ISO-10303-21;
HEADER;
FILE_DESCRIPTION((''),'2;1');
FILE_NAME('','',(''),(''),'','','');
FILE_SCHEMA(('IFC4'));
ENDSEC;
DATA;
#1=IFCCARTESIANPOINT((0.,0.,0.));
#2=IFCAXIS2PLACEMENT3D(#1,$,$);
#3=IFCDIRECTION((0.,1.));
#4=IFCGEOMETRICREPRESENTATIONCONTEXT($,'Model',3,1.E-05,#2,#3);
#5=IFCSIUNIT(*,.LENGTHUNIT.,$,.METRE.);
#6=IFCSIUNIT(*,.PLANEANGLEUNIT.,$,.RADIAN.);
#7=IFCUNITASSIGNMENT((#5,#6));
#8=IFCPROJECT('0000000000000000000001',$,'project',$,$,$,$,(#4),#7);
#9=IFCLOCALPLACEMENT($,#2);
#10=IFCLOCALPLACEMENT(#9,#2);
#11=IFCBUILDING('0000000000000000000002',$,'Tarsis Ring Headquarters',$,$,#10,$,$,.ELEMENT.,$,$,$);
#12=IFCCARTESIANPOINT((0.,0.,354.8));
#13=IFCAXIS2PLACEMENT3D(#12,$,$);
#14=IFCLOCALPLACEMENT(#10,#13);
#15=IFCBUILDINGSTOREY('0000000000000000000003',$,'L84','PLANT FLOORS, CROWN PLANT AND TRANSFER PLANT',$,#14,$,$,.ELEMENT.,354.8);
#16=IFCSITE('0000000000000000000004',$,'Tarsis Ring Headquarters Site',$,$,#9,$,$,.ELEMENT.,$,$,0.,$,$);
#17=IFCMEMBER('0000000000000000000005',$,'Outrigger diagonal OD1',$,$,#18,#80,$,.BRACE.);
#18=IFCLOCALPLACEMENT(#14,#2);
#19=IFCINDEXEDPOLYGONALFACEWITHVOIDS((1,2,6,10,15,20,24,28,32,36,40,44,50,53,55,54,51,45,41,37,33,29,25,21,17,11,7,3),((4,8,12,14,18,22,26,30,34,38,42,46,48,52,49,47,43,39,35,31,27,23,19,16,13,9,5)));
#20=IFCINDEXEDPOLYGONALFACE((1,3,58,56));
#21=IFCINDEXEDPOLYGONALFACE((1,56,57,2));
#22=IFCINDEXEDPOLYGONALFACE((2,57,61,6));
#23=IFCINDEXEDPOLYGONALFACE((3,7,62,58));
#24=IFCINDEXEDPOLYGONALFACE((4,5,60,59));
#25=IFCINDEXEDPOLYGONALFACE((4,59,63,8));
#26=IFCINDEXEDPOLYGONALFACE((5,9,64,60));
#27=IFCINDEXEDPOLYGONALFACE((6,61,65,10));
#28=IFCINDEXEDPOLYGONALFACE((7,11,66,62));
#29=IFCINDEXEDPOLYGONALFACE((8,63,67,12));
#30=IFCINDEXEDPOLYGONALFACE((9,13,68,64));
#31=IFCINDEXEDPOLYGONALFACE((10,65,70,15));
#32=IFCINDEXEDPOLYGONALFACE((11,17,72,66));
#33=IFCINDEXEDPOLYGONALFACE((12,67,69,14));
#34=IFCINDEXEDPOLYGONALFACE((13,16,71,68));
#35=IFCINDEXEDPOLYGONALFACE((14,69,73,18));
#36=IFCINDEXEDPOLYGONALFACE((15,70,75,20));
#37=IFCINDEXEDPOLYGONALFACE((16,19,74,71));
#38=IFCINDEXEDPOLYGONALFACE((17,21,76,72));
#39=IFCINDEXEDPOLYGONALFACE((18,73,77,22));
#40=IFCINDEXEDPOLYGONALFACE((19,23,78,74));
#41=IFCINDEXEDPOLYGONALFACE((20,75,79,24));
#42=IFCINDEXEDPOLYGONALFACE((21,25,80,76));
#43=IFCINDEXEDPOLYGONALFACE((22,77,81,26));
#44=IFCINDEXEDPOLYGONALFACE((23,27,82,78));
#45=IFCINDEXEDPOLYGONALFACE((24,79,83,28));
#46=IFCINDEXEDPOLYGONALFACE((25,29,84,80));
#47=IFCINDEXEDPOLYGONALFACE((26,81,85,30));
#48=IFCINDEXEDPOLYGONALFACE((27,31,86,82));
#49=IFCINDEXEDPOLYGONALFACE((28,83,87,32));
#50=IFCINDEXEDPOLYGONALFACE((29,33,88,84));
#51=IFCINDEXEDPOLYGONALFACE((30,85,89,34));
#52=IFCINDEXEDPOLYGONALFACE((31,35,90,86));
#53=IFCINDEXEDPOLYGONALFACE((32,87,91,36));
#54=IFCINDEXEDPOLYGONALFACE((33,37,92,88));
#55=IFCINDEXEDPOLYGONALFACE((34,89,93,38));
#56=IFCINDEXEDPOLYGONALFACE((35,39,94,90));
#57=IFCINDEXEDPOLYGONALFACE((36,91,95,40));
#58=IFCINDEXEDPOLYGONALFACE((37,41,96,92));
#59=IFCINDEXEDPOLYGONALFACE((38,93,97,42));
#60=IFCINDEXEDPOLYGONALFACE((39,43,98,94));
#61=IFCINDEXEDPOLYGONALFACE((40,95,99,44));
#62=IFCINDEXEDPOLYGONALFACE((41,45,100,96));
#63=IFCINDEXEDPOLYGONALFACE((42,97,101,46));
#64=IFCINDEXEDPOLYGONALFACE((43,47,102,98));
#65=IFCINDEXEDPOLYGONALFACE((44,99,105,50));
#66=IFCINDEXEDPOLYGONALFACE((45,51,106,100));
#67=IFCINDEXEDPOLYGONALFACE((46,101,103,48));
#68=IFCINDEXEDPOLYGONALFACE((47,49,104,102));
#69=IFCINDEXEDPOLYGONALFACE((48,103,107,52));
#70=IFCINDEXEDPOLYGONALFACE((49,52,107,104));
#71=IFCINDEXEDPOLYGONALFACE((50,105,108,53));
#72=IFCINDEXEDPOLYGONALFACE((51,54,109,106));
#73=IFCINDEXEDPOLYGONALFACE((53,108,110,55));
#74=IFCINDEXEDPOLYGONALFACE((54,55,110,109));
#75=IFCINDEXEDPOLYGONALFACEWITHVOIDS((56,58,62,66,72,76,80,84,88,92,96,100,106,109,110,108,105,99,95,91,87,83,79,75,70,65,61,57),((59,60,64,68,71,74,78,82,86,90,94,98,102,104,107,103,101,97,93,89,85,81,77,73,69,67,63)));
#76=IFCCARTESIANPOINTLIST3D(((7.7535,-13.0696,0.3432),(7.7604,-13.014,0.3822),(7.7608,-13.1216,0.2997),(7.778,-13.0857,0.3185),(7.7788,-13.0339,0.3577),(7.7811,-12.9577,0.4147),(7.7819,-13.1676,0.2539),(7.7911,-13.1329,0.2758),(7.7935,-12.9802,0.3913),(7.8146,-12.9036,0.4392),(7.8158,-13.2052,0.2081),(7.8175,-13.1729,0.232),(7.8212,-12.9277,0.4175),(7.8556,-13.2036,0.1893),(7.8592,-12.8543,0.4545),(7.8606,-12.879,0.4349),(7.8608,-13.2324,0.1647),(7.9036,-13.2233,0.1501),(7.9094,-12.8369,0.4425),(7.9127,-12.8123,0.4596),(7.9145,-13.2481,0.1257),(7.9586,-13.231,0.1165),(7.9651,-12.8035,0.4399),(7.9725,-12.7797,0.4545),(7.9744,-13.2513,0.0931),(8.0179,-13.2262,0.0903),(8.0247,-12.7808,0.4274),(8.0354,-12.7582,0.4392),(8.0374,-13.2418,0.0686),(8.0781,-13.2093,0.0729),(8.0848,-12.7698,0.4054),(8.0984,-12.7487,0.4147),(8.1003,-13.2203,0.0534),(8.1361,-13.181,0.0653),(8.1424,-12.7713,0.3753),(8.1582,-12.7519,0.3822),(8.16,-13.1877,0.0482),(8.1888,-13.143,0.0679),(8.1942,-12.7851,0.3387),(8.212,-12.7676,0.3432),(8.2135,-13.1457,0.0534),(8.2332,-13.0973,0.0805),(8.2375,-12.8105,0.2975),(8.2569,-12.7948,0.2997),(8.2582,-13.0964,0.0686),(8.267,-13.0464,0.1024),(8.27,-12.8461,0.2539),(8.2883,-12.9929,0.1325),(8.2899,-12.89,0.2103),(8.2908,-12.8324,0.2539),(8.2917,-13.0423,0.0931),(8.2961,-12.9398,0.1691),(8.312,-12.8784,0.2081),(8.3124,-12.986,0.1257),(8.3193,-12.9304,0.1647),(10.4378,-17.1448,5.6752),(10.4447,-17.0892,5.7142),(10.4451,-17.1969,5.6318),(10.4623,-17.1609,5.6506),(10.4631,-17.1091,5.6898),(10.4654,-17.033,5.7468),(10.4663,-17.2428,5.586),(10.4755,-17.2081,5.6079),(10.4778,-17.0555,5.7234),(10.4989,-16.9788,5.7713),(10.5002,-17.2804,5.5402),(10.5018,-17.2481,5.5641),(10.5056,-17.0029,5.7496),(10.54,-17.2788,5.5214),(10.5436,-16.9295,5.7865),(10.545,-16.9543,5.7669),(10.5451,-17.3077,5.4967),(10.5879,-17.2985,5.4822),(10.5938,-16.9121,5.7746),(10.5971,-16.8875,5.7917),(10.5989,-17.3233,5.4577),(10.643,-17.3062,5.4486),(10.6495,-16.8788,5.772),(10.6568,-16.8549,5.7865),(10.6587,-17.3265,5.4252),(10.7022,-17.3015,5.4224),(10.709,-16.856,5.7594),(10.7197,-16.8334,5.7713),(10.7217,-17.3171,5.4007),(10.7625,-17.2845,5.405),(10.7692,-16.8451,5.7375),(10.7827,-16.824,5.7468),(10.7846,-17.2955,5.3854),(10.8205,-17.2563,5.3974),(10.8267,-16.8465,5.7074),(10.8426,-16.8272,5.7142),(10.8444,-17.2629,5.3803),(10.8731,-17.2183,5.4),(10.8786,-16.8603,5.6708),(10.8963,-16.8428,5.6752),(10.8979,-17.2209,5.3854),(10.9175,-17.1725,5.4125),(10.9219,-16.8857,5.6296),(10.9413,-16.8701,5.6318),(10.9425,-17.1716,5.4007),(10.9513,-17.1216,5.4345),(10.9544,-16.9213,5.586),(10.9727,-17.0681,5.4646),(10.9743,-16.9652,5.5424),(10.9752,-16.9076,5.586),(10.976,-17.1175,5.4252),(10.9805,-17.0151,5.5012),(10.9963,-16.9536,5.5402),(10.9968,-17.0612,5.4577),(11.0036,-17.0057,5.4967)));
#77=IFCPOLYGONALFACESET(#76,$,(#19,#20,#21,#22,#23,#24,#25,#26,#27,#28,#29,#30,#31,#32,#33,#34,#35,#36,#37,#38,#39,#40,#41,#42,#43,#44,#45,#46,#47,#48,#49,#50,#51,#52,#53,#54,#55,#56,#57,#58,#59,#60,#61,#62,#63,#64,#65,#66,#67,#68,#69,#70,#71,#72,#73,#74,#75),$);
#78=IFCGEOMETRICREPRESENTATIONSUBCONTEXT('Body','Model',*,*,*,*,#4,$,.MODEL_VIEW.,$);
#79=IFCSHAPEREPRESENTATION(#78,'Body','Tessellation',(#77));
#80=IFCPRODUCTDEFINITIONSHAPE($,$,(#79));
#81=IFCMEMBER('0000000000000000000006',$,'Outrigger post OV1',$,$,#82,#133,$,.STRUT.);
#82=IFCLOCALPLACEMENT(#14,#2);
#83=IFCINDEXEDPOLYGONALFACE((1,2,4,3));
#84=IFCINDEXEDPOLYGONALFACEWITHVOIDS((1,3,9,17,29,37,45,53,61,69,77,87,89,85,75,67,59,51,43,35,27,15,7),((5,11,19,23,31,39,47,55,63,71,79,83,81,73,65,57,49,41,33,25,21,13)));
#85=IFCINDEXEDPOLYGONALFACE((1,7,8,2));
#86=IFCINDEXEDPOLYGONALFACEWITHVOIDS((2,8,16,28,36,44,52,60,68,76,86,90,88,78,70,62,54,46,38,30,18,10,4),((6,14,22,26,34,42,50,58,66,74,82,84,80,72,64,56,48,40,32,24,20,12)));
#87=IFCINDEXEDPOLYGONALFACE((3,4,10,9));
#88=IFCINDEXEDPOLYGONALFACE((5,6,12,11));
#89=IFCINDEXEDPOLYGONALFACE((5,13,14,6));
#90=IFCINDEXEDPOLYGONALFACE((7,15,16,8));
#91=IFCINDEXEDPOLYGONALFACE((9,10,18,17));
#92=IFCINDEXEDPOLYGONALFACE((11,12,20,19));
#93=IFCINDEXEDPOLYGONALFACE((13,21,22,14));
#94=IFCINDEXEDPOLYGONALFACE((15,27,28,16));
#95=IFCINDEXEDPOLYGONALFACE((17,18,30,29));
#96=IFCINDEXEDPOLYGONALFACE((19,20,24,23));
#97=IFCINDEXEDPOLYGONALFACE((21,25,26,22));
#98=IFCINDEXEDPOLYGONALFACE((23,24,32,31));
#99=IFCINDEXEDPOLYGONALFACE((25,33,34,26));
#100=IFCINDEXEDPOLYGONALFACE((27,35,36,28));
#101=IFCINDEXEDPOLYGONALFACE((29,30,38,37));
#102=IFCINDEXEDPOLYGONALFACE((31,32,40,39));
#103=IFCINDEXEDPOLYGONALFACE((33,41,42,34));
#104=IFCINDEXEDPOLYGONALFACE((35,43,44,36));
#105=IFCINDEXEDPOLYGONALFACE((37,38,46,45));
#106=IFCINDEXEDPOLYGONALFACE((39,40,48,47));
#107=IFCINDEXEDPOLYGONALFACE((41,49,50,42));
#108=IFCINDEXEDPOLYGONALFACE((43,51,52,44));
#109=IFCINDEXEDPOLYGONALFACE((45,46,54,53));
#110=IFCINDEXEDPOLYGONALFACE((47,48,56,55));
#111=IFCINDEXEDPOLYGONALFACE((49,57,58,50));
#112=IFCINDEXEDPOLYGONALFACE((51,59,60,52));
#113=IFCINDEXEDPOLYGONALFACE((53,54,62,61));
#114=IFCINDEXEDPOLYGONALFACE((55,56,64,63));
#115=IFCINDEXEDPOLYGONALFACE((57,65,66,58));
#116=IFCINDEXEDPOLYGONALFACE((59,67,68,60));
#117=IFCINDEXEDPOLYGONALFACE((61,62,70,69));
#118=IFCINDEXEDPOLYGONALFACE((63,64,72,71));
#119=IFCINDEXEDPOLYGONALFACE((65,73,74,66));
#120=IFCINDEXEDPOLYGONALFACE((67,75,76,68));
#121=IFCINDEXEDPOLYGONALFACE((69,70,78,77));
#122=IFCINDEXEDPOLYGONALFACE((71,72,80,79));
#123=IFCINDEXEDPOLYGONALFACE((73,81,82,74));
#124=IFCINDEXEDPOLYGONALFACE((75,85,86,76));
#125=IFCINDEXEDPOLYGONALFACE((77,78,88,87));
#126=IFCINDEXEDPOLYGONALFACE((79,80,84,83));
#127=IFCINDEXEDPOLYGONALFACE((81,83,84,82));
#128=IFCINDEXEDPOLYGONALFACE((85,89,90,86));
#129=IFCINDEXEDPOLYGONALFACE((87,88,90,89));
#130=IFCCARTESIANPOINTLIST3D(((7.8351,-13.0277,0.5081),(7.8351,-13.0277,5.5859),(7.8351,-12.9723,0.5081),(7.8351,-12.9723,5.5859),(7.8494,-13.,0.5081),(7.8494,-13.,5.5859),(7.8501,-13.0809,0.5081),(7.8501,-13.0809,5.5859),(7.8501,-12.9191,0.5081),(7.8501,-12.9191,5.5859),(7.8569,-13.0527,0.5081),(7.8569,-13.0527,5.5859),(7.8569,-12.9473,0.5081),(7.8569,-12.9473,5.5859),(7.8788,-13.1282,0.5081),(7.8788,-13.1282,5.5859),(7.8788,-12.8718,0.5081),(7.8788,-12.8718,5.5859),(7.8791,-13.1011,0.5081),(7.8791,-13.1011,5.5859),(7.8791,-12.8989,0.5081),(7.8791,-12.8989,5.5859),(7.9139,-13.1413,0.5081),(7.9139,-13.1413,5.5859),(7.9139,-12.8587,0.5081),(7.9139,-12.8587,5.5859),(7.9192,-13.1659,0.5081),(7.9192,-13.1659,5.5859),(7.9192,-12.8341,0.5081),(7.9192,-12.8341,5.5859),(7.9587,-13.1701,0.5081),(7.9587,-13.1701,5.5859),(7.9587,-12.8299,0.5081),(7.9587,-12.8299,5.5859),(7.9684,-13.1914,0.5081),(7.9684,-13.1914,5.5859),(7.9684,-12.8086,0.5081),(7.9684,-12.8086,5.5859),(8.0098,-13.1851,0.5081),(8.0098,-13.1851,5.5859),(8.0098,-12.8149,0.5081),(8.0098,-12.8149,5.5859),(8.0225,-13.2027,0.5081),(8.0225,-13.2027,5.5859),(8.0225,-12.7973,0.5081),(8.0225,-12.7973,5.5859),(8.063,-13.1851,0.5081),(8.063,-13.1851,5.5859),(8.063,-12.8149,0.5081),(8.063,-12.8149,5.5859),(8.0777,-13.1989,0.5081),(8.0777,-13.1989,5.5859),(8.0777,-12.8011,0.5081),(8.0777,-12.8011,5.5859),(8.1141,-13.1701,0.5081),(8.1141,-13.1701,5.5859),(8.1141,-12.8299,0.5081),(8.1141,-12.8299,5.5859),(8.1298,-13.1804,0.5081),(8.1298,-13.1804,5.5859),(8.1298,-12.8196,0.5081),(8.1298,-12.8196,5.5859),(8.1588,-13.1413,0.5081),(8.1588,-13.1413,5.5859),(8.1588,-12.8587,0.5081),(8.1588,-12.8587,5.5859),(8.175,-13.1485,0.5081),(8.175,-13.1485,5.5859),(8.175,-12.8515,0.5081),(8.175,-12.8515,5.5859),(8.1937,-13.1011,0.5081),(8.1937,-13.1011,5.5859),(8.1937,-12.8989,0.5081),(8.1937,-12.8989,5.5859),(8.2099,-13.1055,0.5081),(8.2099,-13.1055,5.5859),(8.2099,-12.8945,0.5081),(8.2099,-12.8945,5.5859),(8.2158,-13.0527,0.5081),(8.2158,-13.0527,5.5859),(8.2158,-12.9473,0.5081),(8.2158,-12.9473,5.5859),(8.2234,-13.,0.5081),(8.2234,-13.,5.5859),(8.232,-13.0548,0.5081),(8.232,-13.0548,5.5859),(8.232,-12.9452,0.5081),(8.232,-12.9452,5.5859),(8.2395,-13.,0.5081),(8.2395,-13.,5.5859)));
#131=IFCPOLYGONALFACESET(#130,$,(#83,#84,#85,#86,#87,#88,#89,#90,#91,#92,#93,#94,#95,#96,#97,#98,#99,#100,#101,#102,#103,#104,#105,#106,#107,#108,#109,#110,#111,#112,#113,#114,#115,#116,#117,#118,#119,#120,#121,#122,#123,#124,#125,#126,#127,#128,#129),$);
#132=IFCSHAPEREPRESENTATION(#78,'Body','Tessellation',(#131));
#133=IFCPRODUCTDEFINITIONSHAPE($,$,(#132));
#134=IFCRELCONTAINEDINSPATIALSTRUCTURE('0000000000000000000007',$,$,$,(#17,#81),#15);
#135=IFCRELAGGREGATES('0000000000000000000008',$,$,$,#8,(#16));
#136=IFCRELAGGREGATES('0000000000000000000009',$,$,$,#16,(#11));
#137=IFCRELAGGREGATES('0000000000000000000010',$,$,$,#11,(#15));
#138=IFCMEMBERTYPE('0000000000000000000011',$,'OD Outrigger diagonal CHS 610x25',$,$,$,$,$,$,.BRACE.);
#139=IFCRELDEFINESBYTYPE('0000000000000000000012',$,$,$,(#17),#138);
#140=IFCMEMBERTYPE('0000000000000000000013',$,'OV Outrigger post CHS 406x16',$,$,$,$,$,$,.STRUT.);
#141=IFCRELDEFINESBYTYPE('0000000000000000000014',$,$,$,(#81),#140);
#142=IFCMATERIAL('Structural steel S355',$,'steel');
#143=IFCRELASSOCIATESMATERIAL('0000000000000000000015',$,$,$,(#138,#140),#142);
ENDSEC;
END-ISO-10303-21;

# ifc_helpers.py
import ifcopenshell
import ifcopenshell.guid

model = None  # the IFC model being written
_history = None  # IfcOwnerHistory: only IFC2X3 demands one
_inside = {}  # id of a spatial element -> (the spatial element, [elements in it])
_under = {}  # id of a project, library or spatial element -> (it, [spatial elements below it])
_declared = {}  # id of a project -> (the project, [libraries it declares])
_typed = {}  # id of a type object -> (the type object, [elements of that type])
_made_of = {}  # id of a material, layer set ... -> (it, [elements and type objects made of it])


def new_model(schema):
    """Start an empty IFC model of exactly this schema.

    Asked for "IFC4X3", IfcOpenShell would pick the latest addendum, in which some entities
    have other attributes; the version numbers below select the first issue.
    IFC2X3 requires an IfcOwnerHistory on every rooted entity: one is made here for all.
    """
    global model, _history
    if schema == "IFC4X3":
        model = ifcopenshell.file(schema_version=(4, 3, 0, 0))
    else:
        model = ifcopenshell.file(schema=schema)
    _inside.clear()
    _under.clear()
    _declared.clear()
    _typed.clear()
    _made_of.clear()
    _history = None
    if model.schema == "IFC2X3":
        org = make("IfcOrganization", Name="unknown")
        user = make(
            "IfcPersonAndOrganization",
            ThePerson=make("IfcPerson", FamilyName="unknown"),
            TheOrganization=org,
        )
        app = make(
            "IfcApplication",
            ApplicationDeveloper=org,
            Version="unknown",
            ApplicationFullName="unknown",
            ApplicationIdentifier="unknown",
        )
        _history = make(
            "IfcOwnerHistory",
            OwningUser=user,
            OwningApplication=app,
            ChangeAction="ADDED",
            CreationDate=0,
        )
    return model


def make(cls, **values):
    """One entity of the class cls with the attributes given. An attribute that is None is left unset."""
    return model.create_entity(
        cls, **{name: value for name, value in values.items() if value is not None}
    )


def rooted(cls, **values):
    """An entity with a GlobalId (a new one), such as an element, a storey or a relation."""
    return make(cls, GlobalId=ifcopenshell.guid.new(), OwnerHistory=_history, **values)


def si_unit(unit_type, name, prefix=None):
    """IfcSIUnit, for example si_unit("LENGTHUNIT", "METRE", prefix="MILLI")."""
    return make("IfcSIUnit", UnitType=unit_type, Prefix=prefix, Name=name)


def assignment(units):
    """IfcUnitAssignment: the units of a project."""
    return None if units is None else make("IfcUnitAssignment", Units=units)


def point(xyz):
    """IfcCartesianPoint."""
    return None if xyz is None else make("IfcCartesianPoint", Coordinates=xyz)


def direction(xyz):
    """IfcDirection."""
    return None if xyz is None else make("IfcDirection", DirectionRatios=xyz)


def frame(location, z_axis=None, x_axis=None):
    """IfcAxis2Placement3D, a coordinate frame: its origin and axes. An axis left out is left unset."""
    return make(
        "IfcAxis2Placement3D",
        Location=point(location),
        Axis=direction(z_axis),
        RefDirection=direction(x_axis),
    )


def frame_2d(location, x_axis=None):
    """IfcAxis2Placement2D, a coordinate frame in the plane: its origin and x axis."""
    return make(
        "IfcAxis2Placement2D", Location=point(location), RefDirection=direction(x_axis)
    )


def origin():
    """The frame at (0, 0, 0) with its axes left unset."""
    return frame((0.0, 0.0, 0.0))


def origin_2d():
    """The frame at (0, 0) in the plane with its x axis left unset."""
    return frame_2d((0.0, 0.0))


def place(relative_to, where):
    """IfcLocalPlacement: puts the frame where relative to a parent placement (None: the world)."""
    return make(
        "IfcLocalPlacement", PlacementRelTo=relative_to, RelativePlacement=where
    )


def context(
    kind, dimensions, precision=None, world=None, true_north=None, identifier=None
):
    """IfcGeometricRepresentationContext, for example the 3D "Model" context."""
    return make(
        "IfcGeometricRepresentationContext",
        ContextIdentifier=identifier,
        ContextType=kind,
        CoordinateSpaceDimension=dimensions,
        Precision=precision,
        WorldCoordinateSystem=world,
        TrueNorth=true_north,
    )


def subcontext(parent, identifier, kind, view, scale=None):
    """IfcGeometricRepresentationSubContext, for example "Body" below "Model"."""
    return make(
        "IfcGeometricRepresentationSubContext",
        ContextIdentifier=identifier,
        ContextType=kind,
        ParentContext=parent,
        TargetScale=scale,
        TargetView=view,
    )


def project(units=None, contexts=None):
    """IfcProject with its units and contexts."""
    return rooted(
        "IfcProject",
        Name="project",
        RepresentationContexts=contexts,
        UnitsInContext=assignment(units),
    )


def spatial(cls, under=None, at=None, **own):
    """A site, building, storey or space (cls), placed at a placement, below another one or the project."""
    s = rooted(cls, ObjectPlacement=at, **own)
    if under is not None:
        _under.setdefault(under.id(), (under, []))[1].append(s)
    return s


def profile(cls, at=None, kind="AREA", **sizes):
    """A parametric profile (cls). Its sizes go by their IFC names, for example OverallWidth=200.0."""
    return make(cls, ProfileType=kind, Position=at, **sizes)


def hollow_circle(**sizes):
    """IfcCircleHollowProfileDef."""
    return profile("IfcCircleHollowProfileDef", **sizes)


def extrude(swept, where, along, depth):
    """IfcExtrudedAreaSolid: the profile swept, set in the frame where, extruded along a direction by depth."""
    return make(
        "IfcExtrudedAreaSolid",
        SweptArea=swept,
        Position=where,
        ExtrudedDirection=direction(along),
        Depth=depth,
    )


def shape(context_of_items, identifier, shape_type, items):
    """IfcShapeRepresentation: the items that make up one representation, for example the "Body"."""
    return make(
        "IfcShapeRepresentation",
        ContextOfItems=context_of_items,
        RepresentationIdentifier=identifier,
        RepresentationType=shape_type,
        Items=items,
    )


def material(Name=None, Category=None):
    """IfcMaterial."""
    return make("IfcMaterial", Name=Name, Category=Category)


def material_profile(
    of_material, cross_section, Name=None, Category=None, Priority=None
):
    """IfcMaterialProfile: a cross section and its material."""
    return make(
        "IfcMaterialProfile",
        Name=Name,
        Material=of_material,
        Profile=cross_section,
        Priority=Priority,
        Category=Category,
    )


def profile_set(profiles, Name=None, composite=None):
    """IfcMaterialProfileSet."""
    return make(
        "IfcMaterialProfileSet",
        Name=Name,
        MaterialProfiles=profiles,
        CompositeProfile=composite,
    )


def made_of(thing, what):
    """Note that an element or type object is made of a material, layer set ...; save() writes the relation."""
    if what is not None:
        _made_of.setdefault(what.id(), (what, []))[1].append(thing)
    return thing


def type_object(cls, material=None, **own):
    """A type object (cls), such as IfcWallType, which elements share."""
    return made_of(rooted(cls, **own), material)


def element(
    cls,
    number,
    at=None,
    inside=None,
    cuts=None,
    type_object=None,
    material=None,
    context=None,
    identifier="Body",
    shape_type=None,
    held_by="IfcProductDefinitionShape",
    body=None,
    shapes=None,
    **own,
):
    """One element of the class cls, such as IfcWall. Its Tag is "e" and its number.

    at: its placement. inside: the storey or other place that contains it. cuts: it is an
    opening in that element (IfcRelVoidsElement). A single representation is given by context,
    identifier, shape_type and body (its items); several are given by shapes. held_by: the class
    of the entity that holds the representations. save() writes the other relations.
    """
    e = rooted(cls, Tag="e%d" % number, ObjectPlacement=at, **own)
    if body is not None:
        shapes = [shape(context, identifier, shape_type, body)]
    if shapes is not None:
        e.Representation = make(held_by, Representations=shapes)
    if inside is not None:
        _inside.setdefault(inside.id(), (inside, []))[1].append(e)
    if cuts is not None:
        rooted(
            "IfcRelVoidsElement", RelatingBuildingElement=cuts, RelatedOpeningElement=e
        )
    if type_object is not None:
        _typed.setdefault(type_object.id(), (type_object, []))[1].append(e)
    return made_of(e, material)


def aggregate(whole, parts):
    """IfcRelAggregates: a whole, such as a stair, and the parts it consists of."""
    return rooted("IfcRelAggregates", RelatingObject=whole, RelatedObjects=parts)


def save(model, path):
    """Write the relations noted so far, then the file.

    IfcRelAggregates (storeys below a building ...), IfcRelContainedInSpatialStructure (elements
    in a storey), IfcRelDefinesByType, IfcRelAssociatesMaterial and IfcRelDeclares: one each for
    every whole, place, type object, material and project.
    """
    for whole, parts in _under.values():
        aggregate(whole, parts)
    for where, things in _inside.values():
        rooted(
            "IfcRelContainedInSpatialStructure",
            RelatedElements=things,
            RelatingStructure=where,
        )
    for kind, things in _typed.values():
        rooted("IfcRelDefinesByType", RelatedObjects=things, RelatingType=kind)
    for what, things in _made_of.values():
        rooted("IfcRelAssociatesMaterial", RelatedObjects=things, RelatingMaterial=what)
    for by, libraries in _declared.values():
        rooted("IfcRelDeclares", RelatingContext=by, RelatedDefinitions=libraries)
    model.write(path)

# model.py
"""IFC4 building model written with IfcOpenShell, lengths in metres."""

from ifc_helpers import new_model, si_unit, direction, frame, origin, origin_2d, place, context, subcontext, project, spatial, hollow_circle, extrude, material, material_profile, profile_set, type_object, element, save


model = new_model("IFC4")

# Units and contexts
model_context = context("Model", 3, precision=1e-05, world=origin(), true_north=direction((0.0, 1.0)))
body_context = subcontext(model_context, "Body", "Model", "MODEL_VIEW")
ifc_project = project(units=[si_unit("LENGTHUNIT", "METRE"), si_unit("PLANEANGLEUNIT", "RADIAN")], contexts=[model_context])

# Site, building, storey
site_placement = place(None, origin())
site = spatial("IfcSite", under=ifc_project, at=site_placement, Name="Tarsis Ring Headquarters Site", CompositionType="ELEMENT", RefElevation=0.0)
building_placement = place(site_placement, origin())
building = spatial("IfcBuilding", under=site, at=building_placement, Name="Tarsis Ring Headquarters", CompositionType="ELEMENT")
storey_placement = place(building_placement, frame((0.0, 0.0, 354.8)))
storey = spatial("IfcBuildingStorey", under=building, at=storey_placement, Name="L84", Description="PLANT FLOORS, CROWN PLANT AND TRANSFER PLANT", CompositionType="ELEMENT", Elevation=354.8)

# Members
ifc_material_1 = material(Name="Structural steel S355", Category="steel")
ifc_material_profile_1 = material_profile(ifc_material_1, hollow_circle(Radius=0.3047, WallThickness=0.0249, at=origin_2d()), Name="CHS 610x25")
ifc_profile_set_1 = profile_set([ifc_material_profile_1], Name="Structural steel S355")
member_type_1 = type_object("IfcMemberType", Name="OD Outrigger diagonal CHS 610x25", PredefinedType="BRACE", material=ifc_profile_set_1)
member_1_placement = place(storey_placement, frame((8.0364, -13.0, 0.2539), z_axis=(0.371381, -0.56381, 0.737695), x_axis=(0.835109, 0.550085, 0.0)))
element("IfcMember", 1, at=member_1_placement, inside=storey, type_object=member_type_1, Name="Outrigger diagonal OD1", PredefinedType="BRACE", context=body_context, shape_type="SweptSolid", body=[
    extrude(hollow_circle(Radius=0.3047, WallThickness=0.0249, at=origin_2d()), origin(), (0.0, 0.0, 1.0), 7.228),
])
ifc_material_profile_2 = material_profile(ifc_material_1, hollow_circle(Radius=0.2031, WallThickness=0.0161, at=origin_2d()), Name="CHS 406x16")
ifc_profile_set_2 = profile_set([ifc_material_profile_2], Name="Structural steel S355")
member_type_2 = type_object("IfcMemberType", Name="OV Outrigger post CHS 406x16", PredefinedType="STRUT", material=ifc_profile_set_2)
member_2_placement = place(storey_placement, frame((8.0364, -13.0, 0.5081), z_axis=(0.0, 0.0, 1.0), x_axis=(1.0, 0.0, 0.0)))
element("IfcMember", 2, at=member_2_placement, inside=storey, type_object=member_type_2, Name="Outrigger post OV1", PredefinedType="STRUT", context=body_context, shape_type="SweptSolid", body=[
    extrude(hollow_circle(Radius=0.2031, WallThickness=0.0161, at=origin_2d()), origin(), (0.0, 0.0, 1.0), 5.0779),
])

save(model, "model.ifc")
